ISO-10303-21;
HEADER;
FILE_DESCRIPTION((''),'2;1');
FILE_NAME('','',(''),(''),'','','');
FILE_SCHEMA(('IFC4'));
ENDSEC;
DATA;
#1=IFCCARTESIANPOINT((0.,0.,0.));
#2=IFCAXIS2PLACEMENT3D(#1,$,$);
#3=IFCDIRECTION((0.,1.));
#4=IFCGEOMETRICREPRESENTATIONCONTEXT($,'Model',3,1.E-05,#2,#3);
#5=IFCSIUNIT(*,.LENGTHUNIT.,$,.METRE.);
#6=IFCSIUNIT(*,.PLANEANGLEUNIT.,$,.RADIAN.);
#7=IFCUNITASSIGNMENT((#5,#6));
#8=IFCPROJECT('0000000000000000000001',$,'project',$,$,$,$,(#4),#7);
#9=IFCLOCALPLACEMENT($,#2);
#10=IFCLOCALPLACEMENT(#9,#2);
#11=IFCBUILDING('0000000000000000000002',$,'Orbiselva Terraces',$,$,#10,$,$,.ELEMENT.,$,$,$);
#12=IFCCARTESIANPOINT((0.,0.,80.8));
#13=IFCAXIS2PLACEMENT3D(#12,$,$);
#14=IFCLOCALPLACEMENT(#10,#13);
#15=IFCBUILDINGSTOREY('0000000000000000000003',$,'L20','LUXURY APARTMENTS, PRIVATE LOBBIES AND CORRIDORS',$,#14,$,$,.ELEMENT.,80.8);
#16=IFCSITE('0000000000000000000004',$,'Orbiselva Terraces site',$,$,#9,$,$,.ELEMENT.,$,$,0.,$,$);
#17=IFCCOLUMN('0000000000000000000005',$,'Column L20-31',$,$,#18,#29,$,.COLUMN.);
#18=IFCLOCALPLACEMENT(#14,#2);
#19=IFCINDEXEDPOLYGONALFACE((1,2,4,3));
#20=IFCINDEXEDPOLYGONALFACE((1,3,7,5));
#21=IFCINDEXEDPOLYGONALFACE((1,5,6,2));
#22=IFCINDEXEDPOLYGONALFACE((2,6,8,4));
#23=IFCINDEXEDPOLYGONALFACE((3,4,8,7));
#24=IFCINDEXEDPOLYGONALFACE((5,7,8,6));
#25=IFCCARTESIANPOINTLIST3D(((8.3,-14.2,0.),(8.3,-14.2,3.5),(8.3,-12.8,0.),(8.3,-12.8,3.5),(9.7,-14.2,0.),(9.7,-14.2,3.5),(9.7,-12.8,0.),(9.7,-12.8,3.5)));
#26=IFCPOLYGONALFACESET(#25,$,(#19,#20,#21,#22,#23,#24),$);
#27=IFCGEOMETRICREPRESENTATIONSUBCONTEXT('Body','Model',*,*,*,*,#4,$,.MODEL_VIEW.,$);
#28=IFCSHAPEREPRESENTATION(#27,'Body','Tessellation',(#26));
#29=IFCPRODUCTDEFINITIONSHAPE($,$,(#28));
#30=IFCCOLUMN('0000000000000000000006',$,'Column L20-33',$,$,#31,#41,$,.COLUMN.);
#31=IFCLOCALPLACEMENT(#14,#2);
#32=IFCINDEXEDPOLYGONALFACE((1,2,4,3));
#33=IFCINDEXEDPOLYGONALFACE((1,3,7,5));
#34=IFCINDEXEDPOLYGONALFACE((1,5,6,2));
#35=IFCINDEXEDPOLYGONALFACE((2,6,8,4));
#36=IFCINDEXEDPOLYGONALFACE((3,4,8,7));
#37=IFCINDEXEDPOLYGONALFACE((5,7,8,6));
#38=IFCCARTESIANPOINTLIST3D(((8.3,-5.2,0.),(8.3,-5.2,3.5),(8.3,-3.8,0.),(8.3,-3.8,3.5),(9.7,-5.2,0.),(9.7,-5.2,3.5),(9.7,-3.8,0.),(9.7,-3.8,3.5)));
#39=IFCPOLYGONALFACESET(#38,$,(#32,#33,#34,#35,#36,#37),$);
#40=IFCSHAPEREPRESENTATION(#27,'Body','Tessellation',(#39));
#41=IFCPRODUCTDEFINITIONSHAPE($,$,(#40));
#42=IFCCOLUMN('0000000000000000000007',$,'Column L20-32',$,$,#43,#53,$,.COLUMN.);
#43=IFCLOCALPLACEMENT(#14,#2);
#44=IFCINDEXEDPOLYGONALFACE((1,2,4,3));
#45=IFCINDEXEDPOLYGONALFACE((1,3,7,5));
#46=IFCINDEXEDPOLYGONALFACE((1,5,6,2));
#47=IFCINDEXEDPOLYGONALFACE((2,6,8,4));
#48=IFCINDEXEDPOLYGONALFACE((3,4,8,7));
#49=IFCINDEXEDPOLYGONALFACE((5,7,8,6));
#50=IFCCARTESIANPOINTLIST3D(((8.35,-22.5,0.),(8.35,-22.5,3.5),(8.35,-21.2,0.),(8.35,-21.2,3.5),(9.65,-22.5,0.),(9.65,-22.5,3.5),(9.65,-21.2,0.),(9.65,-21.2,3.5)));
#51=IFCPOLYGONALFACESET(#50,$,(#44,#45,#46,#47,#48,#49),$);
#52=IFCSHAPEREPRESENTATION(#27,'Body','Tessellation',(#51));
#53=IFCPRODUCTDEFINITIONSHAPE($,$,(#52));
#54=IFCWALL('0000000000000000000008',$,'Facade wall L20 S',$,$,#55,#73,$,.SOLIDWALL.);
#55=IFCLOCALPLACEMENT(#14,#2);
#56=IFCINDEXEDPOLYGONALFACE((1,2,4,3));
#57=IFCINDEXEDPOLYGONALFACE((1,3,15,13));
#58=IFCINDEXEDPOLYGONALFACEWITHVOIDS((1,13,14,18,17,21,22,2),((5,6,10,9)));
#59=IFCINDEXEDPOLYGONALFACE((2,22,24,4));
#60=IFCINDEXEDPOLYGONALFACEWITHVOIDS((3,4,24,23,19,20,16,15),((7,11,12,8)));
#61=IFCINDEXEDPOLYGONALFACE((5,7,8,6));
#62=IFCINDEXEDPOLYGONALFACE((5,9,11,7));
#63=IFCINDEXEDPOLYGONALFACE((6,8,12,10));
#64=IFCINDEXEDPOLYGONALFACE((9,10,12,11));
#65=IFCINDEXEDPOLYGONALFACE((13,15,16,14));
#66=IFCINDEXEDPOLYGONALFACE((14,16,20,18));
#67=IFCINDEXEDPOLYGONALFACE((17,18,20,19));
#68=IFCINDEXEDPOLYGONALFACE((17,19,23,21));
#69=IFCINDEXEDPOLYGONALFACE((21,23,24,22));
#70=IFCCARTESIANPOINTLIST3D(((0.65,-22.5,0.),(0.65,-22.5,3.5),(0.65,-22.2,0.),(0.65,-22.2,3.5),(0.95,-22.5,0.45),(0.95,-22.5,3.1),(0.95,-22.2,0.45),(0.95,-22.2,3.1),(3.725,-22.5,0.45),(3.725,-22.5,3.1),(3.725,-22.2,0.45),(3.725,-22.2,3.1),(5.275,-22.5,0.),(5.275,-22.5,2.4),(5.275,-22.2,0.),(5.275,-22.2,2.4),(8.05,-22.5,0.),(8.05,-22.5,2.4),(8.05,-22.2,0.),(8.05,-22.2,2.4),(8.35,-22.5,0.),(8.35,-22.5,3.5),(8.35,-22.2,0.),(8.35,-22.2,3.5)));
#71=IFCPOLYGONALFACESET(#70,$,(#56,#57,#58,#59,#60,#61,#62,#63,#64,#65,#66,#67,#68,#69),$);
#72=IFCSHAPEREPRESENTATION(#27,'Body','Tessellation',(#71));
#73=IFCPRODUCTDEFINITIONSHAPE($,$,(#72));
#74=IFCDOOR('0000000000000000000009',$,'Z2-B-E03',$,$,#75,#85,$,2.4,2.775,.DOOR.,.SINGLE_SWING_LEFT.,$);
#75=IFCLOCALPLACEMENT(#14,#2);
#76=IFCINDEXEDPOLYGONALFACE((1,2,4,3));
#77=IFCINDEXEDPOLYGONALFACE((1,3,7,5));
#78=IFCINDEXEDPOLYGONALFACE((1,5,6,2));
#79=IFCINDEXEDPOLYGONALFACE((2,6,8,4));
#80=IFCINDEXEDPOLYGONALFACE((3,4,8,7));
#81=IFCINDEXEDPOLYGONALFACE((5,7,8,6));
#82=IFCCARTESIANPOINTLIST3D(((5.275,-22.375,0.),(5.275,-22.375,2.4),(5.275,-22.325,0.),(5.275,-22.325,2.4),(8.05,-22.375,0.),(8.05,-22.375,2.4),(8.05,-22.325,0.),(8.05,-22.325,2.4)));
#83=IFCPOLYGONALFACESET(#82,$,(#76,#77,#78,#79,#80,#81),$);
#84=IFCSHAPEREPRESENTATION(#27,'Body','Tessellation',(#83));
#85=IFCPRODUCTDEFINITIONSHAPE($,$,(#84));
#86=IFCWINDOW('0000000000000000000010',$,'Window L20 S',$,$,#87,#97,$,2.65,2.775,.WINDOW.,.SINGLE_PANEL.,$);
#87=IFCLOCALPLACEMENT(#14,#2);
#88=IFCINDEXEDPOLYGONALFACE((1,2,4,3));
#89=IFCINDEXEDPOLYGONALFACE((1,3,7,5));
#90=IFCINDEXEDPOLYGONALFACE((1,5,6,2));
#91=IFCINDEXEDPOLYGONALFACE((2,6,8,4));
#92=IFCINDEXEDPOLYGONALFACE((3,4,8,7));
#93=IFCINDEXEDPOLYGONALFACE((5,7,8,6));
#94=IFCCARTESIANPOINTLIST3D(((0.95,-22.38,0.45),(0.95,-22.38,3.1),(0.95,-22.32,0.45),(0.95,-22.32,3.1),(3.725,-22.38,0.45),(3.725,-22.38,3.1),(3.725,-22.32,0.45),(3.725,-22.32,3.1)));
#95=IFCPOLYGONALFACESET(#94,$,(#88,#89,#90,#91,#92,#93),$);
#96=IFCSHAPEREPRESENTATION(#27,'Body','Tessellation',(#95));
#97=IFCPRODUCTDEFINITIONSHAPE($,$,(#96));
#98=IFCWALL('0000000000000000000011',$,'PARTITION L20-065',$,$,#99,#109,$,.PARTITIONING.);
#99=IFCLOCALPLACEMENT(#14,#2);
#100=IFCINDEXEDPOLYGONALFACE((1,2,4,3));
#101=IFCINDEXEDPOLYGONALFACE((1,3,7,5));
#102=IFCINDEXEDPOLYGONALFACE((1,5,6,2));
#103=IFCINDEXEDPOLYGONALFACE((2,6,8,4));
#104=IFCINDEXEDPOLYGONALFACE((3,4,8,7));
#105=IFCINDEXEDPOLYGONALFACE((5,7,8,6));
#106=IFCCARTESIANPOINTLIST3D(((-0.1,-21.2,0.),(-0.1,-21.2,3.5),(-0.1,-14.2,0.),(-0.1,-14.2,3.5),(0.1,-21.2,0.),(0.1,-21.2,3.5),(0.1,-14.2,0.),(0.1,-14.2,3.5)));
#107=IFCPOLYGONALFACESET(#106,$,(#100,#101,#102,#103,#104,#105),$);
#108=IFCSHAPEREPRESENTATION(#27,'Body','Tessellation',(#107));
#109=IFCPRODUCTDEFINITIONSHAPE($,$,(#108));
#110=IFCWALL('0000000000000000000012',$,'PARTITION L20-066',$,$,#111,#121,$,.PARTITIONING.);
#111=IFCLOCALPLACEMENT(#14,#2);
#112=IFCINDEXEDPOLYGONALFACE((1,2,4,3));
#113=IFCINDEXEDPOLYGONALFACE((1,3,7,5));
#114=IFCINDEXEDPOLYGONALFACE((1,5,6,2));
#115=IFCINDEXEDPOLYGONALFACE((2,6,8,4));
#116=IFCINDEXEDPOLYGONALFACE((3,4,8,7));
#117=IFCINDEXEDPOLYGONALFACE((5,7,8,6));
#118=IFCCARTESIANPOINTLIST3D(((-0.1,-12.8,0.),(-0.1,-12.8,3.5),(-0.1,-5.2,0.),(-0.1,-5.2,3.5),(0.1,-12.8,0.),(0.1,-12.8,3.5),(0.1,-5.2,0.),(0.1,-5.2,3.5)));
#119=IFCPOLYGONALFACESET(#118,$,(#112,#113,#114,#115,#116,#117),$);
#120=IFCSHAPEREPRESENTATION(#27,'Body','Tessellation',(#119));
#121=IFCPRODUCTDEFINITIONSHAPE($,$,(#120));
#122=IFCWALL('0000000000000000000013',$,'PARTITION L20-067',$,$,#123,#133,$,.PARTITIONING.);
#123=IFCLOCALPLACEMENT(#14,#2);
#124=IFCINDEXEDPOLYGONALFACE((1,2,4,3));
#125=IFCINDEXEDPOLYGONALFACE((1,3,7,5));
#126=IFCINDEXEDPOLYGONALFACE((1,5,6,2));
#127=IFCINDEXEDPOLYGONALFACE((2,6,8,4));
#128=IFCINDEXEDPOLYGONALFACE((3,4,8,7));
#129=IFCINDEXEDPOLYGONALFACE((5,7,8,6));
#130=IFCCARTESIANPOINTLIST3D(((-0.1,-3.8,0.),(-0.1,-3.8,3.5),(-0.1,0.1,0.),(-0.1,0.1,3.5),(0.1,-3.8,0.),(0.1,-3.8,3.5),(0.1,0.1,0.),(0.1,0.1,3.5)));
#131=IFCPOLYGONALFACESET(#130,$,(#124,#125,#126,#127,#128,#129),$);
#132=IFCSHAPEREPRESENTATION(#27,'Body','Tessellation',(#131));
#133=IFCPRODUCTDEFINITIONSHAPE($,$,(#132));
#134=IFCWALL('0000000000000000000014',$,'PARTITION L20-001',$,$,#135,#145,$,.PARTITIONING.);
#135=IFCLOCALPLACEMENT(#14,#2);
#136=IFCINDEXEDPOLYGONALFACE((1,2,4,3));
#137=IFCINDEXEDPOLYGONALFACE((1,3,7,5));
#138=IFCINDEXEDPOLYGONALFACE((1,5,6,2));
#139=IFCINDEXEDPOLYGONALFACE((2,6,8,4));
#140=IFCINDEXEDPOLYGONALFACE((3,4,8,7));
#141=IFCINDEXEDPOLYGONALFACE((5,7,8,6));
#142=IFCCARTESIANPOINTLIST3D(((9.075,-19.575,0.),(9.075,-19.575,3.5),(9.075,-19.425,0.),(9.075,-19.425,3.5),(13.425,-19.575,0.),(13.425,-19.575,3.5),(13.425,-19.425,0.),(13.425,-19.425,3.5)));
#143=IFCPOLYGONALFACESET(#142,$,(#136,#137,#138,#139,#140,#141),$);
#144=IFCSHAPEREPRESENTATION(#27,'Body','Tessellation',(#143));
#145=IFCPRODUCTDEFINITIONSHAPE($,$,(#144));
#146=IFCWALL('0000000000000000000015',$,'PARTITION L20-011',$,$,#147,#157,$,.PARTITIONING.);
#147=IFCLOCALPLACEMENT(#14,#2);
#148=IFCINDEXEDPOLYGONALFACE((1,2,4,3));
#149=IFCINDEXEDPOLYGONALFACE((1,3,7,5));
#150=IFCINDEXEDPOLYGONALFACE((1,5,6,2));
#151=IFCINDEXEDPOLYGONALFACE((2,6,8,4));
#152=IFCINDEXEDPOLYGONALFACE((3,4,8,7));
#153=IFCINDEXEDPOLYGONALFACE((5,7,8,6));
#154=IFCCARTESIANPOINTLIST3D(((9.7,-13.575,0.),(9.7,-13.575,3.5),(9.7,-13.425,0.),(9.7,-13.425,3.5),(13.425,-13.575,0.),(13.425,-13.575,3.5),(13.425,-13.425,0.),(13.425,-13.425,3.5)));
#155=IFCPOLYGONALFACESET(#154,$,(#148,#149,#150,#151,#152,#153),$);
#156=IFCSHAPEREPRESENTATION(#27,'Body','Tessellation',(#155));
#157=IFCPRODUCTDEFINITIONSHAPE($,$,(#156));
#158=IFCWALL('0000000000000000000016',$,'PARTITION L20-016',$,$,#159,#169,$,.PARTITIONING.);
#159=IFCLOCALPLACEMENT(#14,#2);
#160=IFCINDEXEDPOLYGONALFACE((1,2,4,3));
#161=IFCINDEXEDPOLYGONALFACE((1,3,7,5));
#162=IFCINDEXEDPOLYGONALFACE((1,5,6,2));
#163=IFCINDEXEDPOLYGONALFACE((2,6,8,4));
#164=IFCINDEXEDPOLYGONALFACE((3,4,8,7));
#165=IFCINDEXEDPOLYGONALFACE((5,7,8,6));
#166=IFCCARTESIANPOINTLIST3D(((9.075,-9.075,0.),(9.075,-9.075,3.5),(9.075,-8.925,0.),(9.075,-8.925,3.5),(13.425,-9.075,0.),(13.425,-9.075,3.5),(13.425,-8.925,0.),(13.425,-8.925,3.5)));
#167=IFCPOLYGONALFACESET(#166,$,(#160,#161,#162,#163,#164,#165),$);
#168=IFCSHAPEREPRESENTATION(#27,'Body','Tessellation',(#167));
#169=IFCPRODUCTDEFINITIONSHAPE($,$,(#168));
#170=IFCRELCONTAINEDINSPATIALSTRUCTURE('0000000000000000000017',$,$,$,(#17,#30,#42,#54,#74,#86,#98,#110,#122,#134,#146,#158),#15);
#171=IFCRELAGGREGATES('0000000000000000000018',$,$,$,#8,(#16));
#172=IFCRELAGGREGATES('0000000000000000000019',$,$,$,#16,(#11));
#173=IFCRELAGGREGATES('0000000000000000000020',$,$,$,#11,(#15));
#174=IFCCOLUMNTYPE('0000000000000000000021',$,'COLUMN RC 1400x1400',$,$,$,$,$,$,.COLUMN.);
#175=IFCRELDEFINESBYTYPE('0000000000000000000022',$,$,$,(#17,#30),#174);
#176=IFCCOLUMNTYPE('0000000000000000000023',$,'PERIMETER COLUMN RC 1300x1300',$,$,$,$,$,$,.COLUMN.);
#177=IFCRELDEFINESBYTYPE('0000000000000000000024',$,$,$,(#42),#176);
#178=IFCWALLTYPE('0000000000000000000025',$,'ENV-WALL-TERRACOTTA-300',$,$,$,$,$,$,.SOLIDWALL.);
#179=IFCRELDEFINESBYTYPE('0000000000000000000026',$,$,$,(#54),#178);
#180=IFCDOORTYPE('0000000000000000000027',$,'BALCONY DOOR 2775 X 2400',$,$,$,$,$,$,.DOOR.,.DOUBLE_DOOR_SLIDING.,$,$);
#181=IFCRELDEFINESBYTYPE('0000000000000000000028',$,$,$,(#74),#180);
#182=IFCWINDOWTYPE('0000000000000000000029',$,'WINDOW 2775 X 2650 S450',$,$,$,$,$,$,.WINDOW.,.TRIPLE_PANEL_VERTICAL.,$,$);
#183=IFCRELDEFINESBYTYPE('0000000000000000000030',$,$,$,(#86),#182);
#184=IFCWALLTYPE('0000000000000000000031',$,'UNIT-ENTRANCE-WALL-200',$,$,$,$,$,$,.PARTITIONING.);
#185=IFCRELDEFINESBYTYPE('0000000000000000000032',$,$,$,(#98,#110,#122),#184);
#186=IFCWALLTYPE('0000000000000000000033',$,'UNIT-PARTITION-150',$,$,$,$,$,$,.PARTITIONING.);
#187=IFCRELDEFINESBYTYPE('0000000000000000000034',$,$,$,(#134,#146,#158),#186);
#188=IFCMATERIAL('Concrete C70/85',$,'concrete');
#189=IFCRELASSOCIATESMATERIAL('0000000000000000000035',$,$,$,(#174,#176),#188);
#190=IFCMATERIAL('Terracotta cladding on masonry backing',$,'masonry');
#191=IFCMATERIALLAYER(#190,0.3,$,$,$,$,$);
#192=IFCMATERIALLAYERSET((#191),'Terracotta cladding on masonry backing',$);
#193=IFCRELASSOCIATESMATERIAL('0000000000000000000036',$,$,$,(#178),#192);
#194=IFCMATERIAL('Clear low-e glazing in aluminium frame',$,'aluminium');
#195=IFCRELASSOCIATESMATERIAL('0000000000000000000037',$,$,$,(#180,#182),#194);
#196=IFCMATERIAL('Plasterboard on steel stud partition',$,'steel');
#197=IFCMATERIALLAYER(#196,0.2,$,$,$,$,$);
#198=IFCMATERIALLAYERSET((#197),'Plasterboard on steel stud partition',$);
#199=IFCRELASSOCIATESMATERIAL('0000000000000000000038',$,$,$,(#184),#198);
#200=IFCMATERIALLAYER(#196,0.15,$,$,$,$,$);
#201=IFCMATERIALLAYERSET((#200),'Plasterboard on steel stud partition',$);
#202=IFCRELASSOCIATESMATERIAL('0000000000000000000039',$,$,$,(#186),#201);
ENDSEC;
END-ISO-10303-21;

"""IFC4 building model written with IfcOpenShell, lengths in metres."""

from ifc_helpers import new_model, si_unit, direction, frame, frame_2d, origin, origin_2d, place, context, subcontext, project, spatial, rectangle, extrude, material, layer, layer_set, material_profile, profile_set, type_object, element, fill, save


model = new_model("IFC4")

# Units and contexts
model_context = context("Model", 3, precision=1e-05, world=origin(), true_north=direction((0.0, 1.0)))
body_context = subcontext(model_context, "Body", "Model", "MODEL_VIEW")
ifc_project = project(units=[si_unit("LENGTHUNIT", "METRE"), si_unit("PLANEANGLEUNIT", "RADIAN")], contexts=[model_context])

# Site, building, storey
site_placement = place(None, origin())
site = spatial("IfcSite", under=ifc_project, at=site_placement, Name="Orbiselva Terraces site", CompositionType="ELEMENT", RefElevation=0.0)
building_placement = place(site_placement, origin())
building = spatial("IfcBuilding", under=site, at=building_placement, Name="Orbiselva Terraces", CompositionType="ELEMENT")
storey_placement = place(building_placement, frame((0.0, 0.0, 80.8)))
storey = spatial("IfcBuildingStorey", under=building, at=storey_placement, Name="L20", Description="LUXURY APARTMENTS, PRIVATE LOBBIES AND CORRIDORS", CompositionType="ELEMENT", Elevation=80.8)

# Columns
ifc_material_1 = material(Name="Concrete C70/85", Category="concrete")
ifc_material_profile_1 = material_profile(ifc_material_1, rectangle(XDim=1.4, YDim=1.4, at=origin_2d()), Name="RC 1400x1400")
ifc_profile_set_1 = profile_set([ifc_material_profile_1], Name="Concrete C70/85")
column_type_1 = type_object("IfcColumnType", Name="COLUMN RC 1400x1400", PredefinedType="COLUMN", material=ifc_profile_set_1)
for number, where, z_axis, x_axis, name in (
    (1, (9.0, -13.5, 0.0), (0.0, 0.0, 1.0), (1.0, 0.0, 0.0), "Column L20-31"),
    (2, (9.0, -4.5, 0.0), (0.0, 0.0, 1.0), (1.0, 0.0, 0.0), "Column L20-33"),
):
    element("IfcColumn", number, at=place(storey_placement, frame(where, z_axis=z_axis, x_axis=x_axis)), inside=storey, type_object=column_type_1, Name=name, PredefinedType="COLUMN", context=body_context, shape_type="SweptSolid", body=[
        extrude(rectangle(XDim=1.4, YDim=1.4, at=origin_2d()), origin(), (0.0, 0.0, 1.0), 3.5),
    ])
ifc_material_profile_2 = material_profile(ifc_material_1, rectangle(XDim=1.3, YDim=1.3, at=origin_2d()), Name="RC 1300x1300")
ifc_profile_set_2 = profile_set([ifc_material_profile_2], Name="Concrete C70/85")
column_type_2 = type_object("IfcColumnType", Name="PERIMETER COLUMN RC 1300x1300", PredefinedType="COLUMN", material=ifc_profile_set_2)
column_placement = place(storey_placement, frame((9.0, -21.85, 0.0), z_axis=(0.0, 0.0, 1.0), x_axis=(1.0, 0.0, 0.0)))
element("IfcColumn", 3, at=column_placement, inside=storey, type_object=column_type_2, Name="Column L20-32", PredefinedType="COLUMN", context=body_context, shape_type="SweptSolid", body=[
    extrude(rectangle(XDim=1.3, YDim=1.3, at=origin_2d()), origin(), (0.0, 0.0, 1.0), 3.5),
])

# Wall, openings, door, window
ifc_material_2 = material(Name="Terracotta cladding on masonry backing", Category="masonry")
ifc_layer_1 = layer(ifc_material_2, 0.3)
ifc_layer_set_1 = layer_set([ifc_layer_1], Name="Terracotta cladding on masonry backing")
wall_type_1 = type_object("IfcWallType", Name="ENV-WALL-TERRACOTTA-300", PredefinedType="SOLIDWALL", material=ifc_layer_set_1)
wall_1_placement = place(storey_placement, frame((8.35, -22.35, 0.0), z_axis=(0.0, 0.0, 1.0), x_axis=(-1.0, 0.0, 0.0)))
wall_1 = element("IfcWall", 4, at=wall_1_placement, inside=storey, type_object=wall_type_1, Name="Facade wall L20 S", PredefinedType="SOLIDWALL", context=body_context, shape_type="SweptSolid", body=[
    extrude(rectangle(XDim=7.7, YDim=0.3, at=frame_2d((3.85, 0.0))), origin(), (0.0, 0.0, 1.0), 3.5),
])
opening_1_placement = place(wall_1_placement, frame((4.625, 0.0, 0.45)))
opening_1 = element("IfcOpeningElement", 5, at=opening_1_placement, cuts=wall_1, PredefinedType="OPENING", context=body_context, shape_type="SweptSolid", body=[
    extrude(rectangle(XDim=2.775, YDim=2.65, at=frame_2d((1.3875, 1.325))), frame((0.0, 0.16, 0.0), z_axis=(0.0, -1.0, 0.0), x_axis=(1.0, 0.0, 0.0)), (0.0, 0.0, 1.0), 0.32),
])
opening_2_placement = place(wall_1_placement, frame((0.3, 0.0, 0.0)))
opening_2 = element("IfcOpeningElement", 6, at=opening_2_placement, cuts=wall_1, PredefinedType="OPENING", context=body_context, shape_type="SweptSolid", body=[
    extrude(rectangle(XDim=2.775, YDim=2.4, at=frame_2d((1.3875, 1.2))), frame((0.0, 0.16, 0.0), z_axis=(0.0, -1.0, 0.0), x_axis=(1.0, 0.0, 0.0)), (0.0, 0.0, 1.0), 0.32),
])
ifc_material_3 = material(Name="Clear low-e glazing in aluminium frame", Category="aluminium")
door_type_1 = type_object("IfcDoorType", Name="BALCONY DOOR 2775 X 2400", OperationType="DOUBLE_DOOR_SLIDING", PredefinedType="DOOR", material=ifc_material_3)
door_1_placement = place(opening_2_placement, origin())
door_1 = element("IfcDoor", 7, at=door_1_placement, inside=storey, type_object=door_type_1, Name="Z2-B-E03", OperationType="SINGLE_SWING_LEFT", OverallHeight=2.4, OverallWidth=2.775, PredefinedType="DOOR", context=body_context, shape_type="SweptSolid", body=[
    extrude(rectangle(XDim=2.775, YDim=2.4, at=frame_2d((1.3875, 1.2))), frame((0.0, 0.025, 0.0), z_axis=(0.0, -1.0, 0.0), x_axis=(1.0, 0.0, 0.0)), (0.0, 0.0, 1.0), 0.05),
])
fill(opening_2, door_1)
window_type = type_object("IfcWindowType", Name="WINDOW 2775 X 2650 S450", PartitioningType="TRIPLE_PANEL_VERTICAL", PredefinedType="WINDOW", material=ifc_material_3)
window_placement = place(opening_1_placement, origin())
window = element("IfcWindow", 8, at=window_placement, inside=storey, type_object=window_type, Name="Window L20 S", OverallHeight=2.65, OverallWidth=2.775, PartitioningType="SINGLE_PANEL", PredefinedType="WINDOW", context=body_context, shape_type="SweptSolid", body=[
    extrude(rectangle(XDim=2.775, YDim=2.65, at=frame_2d((1.3875, 1.325))), frame((0.0, 0.03, 0.0), z_axis=(0.0, -1.0, 0.0), x_axis=(1.0, 0.0, 0.0)), (0.0, 0.0, 1.0), 0.06),
])
fill(opening_1, window)

# Walls
ifc_material_4 = material(Name="Plasterboard on steel stud partition", Category="steel")
ifc_layer_2 = layer(ifc_material_4, 0.2)
ifc_layer_set_2 = layer_set([ifc_layer_2], Name="Plasterboard on steel stud partition")
wall_type_2 = type_object("IfcWallType", Name="UNIT-ENTRANCE-WALL-200", PredefinedType="PARTITIONING", material=ifc_layer_set_2)
wall_2_placement = place(storey_placement, frame((0.0, -21.2, 0.0), z_axis=(0.0, 0.0, 1.0), x_axis=(0.0, 1.0, 0.0)))
element("IfcWall", 9, at=wall_2_placement, inside=storey, type_object=wall_type_2, Name="PARTITION L20-065", PredefinedType="PARTITIONING", context=body_context, shape_type="SweptSolid", body=[
    extrude(rectangle(XDim=7.0, YDim=0.2, at=frame_2d((3.5, 0.0))), origin(), (0.0, 0.0, 1.0), 3.5),
])
wall_3_placement = place(storey_placement, frame((0.0, -12.8, 0.0), z_axis=(0.0, 0.0, 1.0), x_axis=(0.0, 1.0, 0.0)))
element("IfcWall", 10, at=wall_3_placement, inside=storey, type_object=wall_type_2, Name="PARTITION L20-066", PredefinedType="PARTITIONING", context=body_context, shape_type="SweptSolid", body=[
    extrude(rectangle(XDim=7.6, YDim=0.2, at=frame_2d((3.8, 0.0))), origin(), (0.0, 0.0, 1.0), 3.5),
])
wall_4_placement = place(storey_placement, frame((0.0, -3.8, 0.0), z_axis=(0.0, 0.0, 1.0), x_axis=(0.0, 1.0, 0.0)))
element("IfcWall", 11, at=wall_4_placement, inside=storey, type_object=wall_type_2, Name="PARTITION L20-067", PredefinedType="PARTITIONING", context=body_context, shape_type="SweptSolid", body=[
    extrude(rectangle(XDim=3.9, YDim=0.2, at=frame_2d((1.95, 0.0))), origin(), (0.0, 0.0, 1.0), 3.5),
])
ifc_layer_3 = layer(ifc_material_4, 0.15)
ifc_layer_set_3 = layer_set([ifc_layer_3], Name="Plasterboard on steel stud partition")
wall_type_3 = type_object("IfcWallType", Name="UNIT-PARTITION-150", PredefinedType="PARTITIONING", material=ifc_layer_set_3)
wall_5_placement = place(storey_placement, frame((9.075, -19.5, 0.0), z_axis=(0.0, 0.0, 1.0), x_axis=(1.0, 0.0, 0.0)))
element("IfcWall", 12, at=wall_5_placement, inside=storey, type_object=wall_type_3, Name="PARTITION L20-001", PredefinedType="PARTITIONING", context=body_context, shape_type="SweptSolid", body=[
    extrude(rectangle(XDim=4.35, YDim=0.15, at=frame_2d((2.175, 0.0))), origin(), (0.0, 0.0, 1.0), 3.5),
])
wall_6_placement = place(storey_placement, frame((9.7, -13.5, 0.0), z_axis=(0.0, 0.0, 1.0), x_axis=(1.0, 0.0, 0.0)))
element("IfcWall", 13, at=wall_6_placement, inside=storey, type_object=wall_type_3, Name="PARTITION L20-011", PredefinedType="PARTITIONING", context=body_context, shape_type="SweptSolid", body=[
    extrude(rectangle(XDim=3.725, YDim=0.15, at=frame_2d((1.8625, 0.0))), origin(), (0.0, 0.0, 1.0), 3.5),
])
wall_7_placement = place(storey_placement, frame((9.075, -9.0, 0.0), z_axis=(0.0, 0.0, 1.0), x_axis=(1.0, 0.0, 0.0)))
element("IfcWall", 14, at=wall_7_placement, inside=storey, type_object=wall_type_3, Name="PARTITION L20-016", PredefinedType="PARTITIONING", context=body_context, shape_type="SweptSolid", body=[
    extrude(rectangle(XDim=4.35, YDim=0.15, at=frame_2d((2.175, 0.0))), origin(), (0.0, 0.0, 1.0), 3.5),
])

save(model, "model.ifc")
